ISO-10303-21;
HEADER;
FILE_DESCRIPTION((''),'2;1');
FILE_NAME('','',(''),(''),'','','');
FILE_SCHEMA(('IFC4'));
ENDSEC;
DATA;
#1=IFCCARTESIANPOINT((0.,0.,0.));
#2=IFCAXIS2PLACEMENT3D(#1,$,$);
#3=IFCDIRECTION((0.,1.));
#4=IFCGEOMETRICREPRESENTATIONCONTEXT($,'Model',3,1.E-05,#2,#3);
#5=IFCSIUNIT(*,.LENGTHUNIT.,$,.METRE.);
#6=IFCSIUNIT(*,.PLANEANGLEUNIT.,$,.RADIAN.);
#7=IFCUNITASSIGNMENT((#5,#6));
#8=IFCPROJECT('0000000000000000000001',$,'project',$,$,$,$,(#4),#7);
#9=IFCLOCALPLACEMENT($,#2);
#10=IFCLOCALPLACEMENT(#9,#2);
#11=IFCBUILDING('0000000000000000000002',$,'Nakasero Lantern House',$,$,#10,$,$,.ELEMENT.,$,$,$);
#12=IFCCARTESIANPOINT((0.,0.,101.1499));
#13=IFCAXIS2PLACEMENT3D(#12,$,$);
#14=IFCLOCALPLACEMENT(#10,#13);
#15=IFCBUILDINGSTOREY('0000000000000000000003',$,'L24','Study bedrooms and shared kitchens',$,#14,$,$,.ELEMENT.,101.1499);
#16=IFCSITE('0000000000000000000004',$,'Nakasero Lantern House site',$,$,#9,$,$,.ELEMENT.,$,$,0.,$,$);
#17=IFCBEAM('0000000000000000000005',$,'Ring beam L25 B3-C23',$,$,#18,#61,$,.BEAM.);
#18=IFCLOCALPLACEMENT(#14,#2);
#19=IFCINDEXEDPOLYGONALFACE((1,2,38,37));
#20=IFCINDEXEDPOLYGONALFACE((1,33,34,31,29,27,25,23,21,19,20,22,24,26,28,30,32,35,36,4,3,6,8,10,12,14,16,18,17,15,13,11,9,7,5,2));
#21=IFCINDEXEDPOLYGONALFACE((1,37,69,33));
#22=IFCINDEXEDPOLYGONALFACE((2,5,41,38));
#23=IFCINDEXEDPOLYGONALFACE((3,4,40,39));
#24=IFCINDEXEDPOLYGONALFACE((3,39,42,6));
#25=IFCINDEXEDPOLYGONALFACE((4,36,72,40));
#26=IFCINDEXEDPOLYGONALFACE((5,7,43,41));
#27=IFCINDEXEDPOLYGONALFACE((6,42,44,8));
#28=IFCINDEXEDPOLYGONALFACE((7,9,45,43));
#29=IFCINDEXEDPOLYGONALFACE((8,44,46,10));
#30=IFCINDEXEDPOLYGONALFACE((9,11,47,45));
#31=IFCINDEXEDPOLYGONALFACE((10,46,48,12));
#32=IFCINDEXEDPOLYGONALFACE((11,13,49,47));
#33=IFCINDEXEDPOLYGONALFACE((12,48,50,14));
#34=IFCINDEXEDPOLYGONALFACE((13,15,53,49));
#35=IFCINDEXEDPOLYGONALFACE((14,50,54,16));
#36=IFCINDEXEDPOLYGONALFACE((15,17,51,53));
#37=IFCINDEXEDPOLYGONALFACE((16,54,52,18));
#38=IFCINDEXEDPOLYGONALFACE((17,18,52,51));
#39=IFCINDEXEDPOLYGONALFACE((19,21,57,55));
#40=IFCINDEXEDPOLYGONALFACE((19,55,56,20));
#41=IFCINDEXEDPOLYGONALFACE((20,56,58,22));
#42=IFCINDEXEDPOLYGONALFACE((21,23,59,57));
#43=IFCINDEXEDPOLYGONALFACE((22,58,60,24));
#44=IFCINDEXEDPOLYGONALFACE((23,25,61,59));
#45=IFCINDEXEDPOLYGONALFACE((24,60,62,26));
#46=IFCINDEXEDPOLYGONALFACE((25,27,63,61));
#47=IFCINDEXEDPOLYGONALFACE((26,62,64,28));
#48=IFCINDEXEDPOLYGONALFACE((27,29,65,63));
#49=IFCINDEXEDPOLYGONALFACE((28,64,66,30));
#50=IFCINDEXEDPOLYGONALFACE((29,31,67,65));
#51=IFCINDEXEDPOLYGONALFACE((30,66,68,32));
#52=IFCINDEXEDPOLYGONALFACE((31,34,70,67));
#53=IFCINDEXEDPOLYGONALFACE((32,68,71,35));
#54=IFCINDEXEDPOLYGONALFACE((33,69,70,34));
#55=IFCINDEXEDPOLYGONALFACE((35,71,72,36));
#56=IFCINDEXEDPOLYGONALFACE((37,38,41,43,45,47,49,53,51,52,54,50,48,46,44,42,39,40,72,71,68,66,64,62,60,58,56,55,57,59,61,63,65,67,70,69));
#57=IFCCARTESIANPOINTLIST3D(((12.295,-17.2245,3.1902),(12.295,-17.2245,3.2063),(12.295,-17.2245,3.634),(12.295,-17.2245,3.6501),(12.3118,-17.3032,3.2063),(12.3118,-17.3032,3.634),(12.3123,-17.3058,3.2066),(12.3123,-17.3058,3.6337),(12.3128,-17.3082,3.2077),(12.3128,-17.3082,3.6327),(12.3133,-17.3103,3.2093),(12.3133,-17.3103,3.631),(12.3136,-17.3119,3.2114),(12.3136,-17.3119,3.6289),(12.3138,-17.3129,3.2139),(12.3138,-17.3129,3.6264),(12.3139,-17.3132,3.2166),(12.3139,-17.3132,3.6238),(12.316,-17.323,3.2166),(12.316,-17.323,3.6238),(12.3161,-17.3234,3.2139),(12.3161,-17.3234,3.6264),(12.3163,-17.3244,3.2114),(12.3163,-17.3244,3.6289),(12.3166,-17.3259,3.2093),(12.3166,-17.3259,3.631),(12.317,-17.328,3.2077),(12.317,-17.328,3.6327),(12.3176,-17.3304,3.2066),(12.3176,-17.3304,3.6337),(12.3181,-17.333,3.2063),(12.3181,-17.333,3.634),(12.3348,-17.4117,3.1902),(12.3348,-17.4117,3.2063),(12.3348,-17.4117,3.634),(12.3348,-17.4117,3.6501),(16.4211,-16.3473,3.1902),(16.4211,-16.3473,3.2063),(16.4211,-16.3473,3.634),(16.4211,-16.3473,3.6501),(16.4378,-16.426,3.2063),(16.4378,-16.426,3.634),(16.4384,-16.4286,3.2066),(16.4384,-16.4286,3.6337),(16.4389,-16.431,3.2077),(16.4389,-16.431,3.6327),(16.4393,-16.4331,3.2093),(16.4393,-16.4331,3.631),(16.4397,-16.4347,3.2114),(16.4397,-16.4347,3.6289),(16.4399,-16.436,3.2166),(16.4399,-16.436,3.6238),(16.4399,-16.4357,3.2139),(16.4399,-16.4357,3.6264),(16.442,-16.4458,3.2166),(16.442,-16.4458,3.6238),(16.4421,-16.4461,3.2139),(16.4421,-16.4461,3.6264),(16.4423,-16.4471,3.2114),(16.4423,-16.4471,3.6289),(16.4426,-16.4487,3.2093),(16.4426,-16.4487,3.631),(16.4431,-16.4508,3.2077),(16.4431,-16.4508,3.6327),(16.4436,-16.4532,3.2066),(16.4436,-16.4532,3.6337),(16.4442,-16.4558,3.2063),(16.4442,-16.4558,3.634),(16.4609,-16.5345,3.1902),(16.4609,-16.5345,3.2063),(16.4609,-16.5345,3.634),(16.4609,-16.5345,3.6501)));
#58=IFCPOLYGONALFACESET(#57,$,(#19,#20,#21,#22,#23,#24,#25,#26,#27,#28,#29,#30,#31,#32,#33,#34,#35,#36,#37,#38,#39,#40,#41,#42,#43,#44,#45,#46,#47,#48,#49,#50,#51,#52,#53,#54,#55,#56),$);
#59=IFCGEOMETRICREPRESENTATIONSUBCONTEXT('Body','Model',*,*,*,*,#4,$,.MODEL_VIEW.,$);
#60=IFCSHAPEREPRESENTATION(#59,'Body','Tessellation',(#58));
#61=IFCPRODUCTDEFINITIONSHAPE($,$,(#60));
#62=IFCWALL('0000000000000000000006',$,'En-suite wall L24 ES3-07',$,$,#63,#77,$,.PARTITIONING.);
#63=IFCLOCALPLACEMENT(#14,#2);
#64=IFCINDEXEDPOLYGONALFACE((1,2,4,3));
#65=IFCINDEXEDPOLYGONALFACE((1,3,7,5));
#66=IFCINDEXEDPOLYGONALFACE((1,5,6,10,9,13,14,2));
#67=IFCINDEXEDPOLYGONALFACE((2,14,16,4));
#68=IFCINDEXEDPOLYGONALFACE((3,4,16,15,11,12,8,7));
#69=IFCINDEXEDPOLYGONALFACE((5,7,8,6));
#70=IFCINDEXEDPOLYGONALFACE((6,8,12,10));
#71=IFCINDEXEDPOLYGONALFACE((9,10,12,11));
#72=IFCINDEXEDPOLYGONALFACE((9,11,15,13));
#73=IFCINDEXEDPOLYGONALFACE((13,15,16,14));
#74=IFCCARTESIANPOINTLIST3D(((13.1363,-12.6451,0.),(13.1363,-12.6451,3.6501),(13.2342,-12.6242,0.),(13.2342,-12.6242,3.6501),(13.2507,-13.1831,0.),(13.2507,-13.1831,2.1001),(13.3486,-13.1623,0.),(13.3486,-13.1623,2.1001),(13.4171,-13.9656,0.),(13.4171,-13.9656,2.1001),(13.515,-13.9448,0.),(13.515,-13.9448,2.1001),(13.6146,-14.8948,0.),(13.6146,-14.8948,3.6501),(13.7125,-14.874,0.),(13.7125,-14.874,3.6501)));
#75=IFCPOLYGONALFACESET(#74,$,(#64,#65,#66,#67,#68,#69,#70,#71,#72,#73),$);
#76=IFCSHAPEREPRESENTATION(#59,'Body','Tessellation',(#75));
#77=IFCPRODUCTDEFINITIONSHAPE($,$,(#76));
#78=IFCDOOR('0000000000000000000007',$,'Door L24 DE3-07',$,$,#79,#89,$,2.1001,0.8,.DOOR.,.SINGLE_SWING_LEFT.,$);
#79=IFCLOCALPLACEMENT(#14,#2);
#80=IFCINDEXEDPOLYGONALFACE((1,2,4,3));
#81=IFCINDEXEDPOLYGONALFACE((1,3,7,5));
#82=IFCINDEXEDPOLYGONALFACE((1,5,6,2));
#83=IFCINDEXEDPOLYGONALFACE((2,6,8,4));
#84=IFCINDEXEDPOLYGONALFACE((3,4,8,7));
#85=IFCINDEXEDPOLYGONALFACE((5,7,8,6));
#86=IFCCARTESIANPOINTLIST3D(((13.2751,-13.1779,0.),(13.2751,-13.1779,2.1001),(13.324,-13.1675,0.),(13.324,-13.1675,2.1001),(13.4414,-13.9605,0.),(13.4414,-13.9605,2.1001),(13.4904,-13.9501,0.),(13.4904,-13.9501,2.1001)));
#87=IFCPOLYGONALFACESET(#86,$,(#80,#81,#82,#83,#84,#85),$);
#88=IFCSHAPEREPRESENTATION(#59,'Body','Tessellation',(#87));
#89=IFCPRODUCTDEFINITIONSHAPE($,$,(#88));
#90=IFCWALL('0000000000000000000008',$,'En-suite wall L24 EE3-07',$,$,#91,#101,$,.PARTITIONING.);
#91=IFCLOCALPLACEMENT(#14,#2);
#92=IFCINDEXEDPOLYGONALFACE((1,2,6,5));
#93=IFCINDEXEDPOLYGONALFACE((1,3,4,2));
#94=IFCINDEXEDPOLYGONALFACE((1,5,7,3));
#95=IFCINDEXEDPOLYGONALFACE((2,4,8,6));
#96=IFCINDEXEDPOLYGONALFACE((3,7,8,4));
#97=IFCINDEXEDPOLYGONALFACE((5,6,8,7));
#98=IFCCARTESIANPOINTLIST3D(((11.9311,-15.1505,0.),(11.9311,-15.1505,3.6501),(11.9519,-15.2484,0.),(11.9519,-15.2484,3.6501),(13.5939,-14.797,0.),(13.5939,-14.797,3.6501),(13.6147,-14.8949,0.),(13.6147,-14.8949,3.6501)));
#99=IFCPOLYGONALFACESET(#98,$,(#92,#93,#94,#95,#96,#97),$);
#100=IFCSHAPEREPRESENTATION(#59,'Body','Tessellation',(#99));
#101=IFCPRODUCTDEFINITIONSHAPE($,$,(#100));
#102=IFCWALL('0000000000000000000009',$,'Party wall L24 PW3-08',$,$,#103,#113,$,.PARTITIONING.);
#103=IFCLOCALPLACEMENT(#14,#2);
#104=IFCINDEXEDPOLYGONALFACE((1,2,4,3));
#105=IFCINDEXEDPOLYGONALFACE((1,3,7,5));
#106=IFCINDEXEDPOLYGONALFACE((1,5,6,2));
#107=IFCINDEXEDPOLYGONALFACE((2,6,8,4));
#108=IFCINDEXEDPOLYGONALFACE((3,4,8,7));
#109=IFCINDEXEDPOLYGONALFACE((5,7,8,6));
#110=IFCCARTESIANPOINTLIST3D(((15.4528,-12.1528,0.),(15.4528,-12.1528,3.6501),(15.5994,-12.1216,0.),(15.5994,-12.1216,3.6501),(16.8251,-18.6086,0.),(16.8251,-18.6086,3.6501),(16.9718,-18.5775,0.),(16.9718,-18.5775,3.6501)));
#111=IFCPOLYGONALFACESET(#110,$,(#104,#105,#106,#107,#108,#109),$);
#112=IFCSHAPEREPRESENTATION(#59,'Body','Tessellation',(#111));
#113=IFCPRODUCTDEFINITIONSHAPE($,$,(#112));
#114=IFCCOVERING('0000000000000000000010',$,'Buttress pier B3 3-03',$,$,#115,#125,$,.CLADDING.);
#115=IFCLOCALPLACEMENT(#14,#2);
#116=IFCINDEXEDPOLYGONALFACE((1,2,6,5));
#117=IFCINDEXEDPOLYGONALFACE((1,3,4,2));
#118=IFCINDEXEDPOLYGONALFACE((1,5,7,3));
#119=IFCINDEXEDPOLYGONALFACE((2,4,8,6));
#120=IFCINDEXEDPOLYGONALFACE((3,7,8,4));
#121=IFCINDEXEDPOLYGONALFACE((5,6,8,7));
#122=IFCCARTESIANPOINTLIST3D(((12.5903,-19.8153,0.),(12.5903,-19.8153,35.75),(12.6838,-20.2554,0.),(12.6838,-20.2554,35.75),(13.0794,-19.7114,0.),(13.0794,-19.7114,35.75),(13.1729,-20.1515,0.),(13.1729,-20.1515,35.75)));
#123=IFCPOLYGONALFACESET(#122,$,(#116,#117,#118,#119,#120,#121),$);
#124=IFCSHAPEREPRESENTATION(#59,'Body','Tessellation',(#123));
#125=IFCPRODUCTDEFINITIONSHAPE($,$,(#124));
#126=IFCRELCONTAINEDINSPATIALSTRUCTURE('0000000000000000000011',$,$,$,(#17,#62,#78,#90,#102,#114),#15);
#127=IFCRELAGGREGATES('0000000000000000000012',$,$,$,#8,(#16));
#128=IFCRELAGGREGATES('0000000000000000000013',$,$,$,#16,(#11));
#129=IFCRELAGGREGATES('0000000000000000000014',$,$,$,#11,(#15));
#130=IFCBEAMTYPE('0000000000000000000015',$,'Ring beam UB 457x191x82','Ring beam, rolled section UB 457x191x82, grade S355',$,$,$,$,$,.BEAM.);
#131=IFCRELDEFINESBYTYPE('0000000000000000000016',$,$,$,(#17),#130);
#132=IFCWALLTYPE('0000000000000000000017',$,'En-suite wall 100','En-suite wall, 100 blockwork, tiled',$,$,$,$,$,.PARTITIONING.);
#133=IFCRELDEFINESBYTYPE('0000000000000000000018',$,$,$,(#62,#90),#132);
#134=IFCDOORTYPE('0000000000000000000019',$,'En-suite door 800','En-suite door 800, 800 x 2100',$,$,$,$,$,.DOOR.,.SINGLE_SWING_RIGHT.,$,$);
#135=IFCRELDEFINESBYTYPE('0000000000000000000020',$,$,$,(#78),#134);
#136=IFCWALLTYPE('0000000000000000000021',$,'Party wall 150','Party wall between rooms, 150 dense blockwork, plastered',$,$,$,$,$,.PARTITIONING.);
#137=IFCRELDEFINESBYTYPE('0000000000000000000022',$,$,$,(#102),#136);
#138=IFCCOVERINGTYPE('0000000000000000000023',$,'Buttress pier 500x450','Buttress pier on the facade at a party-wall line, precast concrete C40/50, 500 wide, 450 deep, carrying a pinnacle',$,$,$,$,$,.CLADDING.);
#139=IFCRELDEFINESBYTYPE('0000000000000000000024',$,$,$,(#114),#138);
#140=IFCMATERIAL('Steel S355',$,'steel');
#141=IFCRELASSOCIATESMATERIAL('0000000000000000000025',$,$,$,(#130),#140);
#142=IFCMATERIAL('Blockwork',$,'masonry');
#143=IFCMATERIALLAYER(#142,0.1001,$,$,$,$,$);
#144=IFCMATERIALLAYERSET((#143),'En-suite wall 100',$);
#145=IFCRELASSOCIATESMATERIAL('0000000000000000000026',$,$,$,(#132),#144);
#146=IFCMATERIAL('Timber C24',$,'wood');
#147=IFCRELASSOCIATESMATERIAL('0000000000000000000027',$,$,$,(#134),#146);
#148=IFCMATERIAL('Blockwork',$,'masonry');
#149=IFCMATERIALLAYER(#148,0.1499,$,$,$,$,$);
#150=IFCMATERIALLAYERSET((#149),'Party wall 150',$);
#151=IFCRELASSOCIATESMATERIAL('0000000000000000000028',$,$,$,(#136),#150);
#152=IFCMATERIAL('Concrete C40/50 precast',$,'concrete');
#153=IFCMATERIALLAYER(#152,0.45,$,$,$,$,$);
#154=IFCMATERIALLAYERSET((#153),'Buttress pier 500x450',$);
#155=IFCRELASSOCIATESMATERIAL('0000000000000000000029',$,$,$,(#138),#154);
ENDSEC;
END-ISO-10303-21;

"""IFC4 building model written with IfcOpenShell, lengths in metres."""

from ifc_helpers import new_model, si_unit, direction, frame, frame_2d, origin, origin_2d, place, context, subcontext, project, spatial, rectangle, i_section, extrude, material, layer, layer_set, material_profile, profile_set, type_object, element, fill, save


model = new_model("IFC4")

# Units and contexts
model_context = context("Model", 3, precision=1e-05, world=origin(), true_north=direction((0.0, 1.0)))
body_context = subcontext(model_context, "Body", "Model", "MODEL_VIEW")
ifc_project = project(units=[si_unit("LENGTHUNIT", "METRE"), si_unit("PLANEANGLEUNIT", "RADIAN")], contexts=[model_context])

# Site, building, storey
site_placement = place(None, origin())
site = spatial("IfcSite", under=ifc_project, at=site_placement, Name="Nakasero Lantern House site", CompositionType="ELEMENT", RefElevation=0.0)
building_placement = place(site_placement, origin())
building = spatial("IfcBuilding", under=site, at=building_placement, Name="Nakasero Lantern House", CompositionType="ELEMENT")
storey_placement = place(building_placement, frame((0.0, 0.0, 101.1499)))
storey = spatial("IfcBuildingStorey", under=building, at=storey_placement, Name="L24", Description="Study bedrooms and shared kitchens", CompositionType="ELEMENT", Elevation=101.1499)

# Beam
ifc_material_1 = material(Name="Steel S355", Category="steel")
ifc_material_profile_1 = material_profile(ifc_material_1, i_section(OverallWidth=0.1914, OverallDepth=0.46, WebThickness=0.01, FlangeThickness=0.0161, FilletRadius=0.0103, at=origin_2d()), Name="UB 457x191x82")
ifc_profile_set_1 = profile_set([ifc_material_profile_1], Name="Steel S355")
beam_type_1 = type_object("IfcBeamType", Name="Ring beam UB 457x191x82", Description="Ring beam, rolled section UB 457x191x82, grade S355", PredefinedType="BEAM", material=ifc_profile_set_1)
beam_1_placement = place(storey_placement, frame((12.3149, -17.3181, 3.4202), z_axis=(0.978138, 0.207956, 0.0), x_axis=(-0.207956, 0.978138, 0.0)))
element("IfcBeam", 1, at=beam_1_placement, inside=storey, type_object=beam_type_1, Name="Ring beam L25 B3-C23", PredefinedType="BEAM", context=body_context, shape_type="SweptSolid", body=[
    extrude(i_section(OverallWidth=0.1914, OverallDepth=0.46, WebThickness=0.01, FlangeThickness=0.0161, FilletRadius=0.0103, at=origin_2d()), origin(), (0.0, 0.0, 1.0), 4.2183),
])

# Wall, opening, door
ifc_material_2 = material(Name="Blockwork", Category="masonry")
ifc_layer_1 = layer(ifc_material_2, 0.1001)
ifc_layer_set_1 = layer_set([ifc_layer_1], Name="En-suite wall 100")
wall_type_1 = type_object("IfcWallType", Name="En-suite wall 100", Description="En-suite wall, 100 blockwork, tiled", PredefinedType="PARTITIONING", material=ifc_layer_set_1)
wall_1_placement = place(storey_placement, frame((13.1853, -12.6348, 0.0), z_axis=(0.0, 0.0, 1.0), x_axis=(0.207941, -0.978141, 0.0)))
wall_1 = element("IfcWall", 2, at=wall_1_placement, inside=storey, type_object=wall_type_1, Name="En-suite wall L24 ES3-07", PredefinedType="PARTITIONING", context=body_context, shape_type="SweptSolid", body=[
    extrude(rectangle(XDim=2.3, YDim=0.1001, at=frame_2d((1.1499, 0.0))), origin(), (0.0, 0.0, 1.0), 3.6501),
])
opening_placement = place(wall_1_placement, frame((0.55, 0.0, 0.0)))
opening = element("IfcOpeningElement", 3, at=opening_placement, cuts=wall_1, PredefinedType="OPENING", context=body_context, shape_type="SweptSolid", body=[
    extrude(rectangle(XDim=0.8, YDim=2.1001, at=frame_2d((0.3999, 1.05))), frame((0.0, 0.0701, 0.0), z_axis=(0.0, -1.0, 0.0), x_axis=(1.0, 0.0, 0.0)), (0.0, 0.0, 1.0), 0.1401),
])
ifc_material_3 = material(Name="Timber C24", Category="wood")
door_type = type_object("IfcDoorType", Name="En-suite door 800", Description="En-suite door 800, 800 x 2100", OperationType="SINGLE_SWING_RIGHT", PredefinedType="DOOR", material=ifc_material_3)
door_placement = place(opening_placement, origin())
door = element("IfcDoor", 4, at=door_placement, inside=storey, type_object=door_type, Name="Door L24 DE3-07", OperationType="SINGLE_SWING_LEFT", OverallHeight=2.1001, OverallWidth=0.8, PredefinedType="DOOR", context=body_context, shape_type="SweptSolid", body=[
    extrude(rectangle(XDim=0.8, YDim=2.1001, at=frame_2d((0.3999, 1.05))), frame((0.0, 0.0249, 0.0), z_axis=(0.0, -1.0, 0.0), x_axis=(1.0, 0.0, 0.0)), (0.0, 0.0, 1.0), 0.05),
])
fill(opening, door)

# Walls
wall_2_placement = place(storey_placement, frame((11.9414, -15.1995, 0.0), z_axis=(0.0, 0.0, 1.0), x_axis=(0.97814, 0.20795, 0.0)))
element("IfcWall", 5, at=wall_2_placement, inside=storey, type_object=wall_type_1, Name="En-suite wall L24 EE3-07", PredefinedType="PARTITIONING", context=body_context, shape_type="SweptSolid", body=[
    extrude(rectangle(XDim=1.7, YDim=0.1001, at=frame_2d((0.8501, 0.0))), origin(), (0.0, 0.0, 1.0), 3.6501),
])
ifc_material_4 = material(Name="Blockwork", Category="masonry")
ifc_layer_2 = layer(ifc_material_4, 0.1499)
ifc_layer_set_2 = layer_set([ifc_layer_2], Name="Party wall 150")
wall_type_2 = type_object("IfcWallType", Name="Party wall 150", Description="Party wall between rooms, 150 dense blockwork, plastered", PredefinedType="PARTITIONING", material=ifc_layer_set_2)
wall_3_placement = place(storey_placement, frame((15.5261, -12.1372, 0.0), z_axis=(0.0, 0.0, 1.0), x_axis=(0.207925, -0.978145, 0.0)))
element("IfcWall", 6, at=wall_3_placement, inside=storey, type_object=wall_type_2, Name="Party wall L24 PW3-08", PredefinedType="PARTITIONING", context=body_context, shape_type="SweptSolid", body=[
    extrude(rectangle(XDim=6.6001, YDim=0.1499, at=frame_2d((3.3, 0.0))), origin(), (0.0, 0.0, 1.0), 3.6501),
])

# Covering
ifc_material_5 = material(Name="Concrete C40/50 precast", Category="concrete")
ifc_layer_3 = layer(ifc_material_5, 0.45)
ifc_layer_set_3 = layer_set([ifc_layer_3], Name="Buttress pier 500x450")
covering_type = type_object("IfcCoveringType", Name="Buttress pier 500x450", Description="Buttress pier on the facade at a party-wall line, precast concrete C40/50, 500 wide, 450 deep, carrying a pinnacle", PredefinedType="CLADDING", material=ifc_layer_set_3)
covering_placement = place(storey_placement, frame((12.8816, -19.9834, 0.0), z_axis=(0.0, 0.0, 1.0), x_axis=(0.207912, -0.978148, 0.0)))
element("IfcCovering", 7, at=covering_placement, inside=storey, type_object=covering_type, Name="Buttress pier B3 3-03", PredefinedType="CLADDING", context=body_context, shape_type="SweptSolid", body=[
    extrude(rectangle(XDim=0.45, YDim=0.5, at=origin_2d()), origin(), (0.0, 0.0, 1.0), 35.75),
])

save(model, "model.ifc")
